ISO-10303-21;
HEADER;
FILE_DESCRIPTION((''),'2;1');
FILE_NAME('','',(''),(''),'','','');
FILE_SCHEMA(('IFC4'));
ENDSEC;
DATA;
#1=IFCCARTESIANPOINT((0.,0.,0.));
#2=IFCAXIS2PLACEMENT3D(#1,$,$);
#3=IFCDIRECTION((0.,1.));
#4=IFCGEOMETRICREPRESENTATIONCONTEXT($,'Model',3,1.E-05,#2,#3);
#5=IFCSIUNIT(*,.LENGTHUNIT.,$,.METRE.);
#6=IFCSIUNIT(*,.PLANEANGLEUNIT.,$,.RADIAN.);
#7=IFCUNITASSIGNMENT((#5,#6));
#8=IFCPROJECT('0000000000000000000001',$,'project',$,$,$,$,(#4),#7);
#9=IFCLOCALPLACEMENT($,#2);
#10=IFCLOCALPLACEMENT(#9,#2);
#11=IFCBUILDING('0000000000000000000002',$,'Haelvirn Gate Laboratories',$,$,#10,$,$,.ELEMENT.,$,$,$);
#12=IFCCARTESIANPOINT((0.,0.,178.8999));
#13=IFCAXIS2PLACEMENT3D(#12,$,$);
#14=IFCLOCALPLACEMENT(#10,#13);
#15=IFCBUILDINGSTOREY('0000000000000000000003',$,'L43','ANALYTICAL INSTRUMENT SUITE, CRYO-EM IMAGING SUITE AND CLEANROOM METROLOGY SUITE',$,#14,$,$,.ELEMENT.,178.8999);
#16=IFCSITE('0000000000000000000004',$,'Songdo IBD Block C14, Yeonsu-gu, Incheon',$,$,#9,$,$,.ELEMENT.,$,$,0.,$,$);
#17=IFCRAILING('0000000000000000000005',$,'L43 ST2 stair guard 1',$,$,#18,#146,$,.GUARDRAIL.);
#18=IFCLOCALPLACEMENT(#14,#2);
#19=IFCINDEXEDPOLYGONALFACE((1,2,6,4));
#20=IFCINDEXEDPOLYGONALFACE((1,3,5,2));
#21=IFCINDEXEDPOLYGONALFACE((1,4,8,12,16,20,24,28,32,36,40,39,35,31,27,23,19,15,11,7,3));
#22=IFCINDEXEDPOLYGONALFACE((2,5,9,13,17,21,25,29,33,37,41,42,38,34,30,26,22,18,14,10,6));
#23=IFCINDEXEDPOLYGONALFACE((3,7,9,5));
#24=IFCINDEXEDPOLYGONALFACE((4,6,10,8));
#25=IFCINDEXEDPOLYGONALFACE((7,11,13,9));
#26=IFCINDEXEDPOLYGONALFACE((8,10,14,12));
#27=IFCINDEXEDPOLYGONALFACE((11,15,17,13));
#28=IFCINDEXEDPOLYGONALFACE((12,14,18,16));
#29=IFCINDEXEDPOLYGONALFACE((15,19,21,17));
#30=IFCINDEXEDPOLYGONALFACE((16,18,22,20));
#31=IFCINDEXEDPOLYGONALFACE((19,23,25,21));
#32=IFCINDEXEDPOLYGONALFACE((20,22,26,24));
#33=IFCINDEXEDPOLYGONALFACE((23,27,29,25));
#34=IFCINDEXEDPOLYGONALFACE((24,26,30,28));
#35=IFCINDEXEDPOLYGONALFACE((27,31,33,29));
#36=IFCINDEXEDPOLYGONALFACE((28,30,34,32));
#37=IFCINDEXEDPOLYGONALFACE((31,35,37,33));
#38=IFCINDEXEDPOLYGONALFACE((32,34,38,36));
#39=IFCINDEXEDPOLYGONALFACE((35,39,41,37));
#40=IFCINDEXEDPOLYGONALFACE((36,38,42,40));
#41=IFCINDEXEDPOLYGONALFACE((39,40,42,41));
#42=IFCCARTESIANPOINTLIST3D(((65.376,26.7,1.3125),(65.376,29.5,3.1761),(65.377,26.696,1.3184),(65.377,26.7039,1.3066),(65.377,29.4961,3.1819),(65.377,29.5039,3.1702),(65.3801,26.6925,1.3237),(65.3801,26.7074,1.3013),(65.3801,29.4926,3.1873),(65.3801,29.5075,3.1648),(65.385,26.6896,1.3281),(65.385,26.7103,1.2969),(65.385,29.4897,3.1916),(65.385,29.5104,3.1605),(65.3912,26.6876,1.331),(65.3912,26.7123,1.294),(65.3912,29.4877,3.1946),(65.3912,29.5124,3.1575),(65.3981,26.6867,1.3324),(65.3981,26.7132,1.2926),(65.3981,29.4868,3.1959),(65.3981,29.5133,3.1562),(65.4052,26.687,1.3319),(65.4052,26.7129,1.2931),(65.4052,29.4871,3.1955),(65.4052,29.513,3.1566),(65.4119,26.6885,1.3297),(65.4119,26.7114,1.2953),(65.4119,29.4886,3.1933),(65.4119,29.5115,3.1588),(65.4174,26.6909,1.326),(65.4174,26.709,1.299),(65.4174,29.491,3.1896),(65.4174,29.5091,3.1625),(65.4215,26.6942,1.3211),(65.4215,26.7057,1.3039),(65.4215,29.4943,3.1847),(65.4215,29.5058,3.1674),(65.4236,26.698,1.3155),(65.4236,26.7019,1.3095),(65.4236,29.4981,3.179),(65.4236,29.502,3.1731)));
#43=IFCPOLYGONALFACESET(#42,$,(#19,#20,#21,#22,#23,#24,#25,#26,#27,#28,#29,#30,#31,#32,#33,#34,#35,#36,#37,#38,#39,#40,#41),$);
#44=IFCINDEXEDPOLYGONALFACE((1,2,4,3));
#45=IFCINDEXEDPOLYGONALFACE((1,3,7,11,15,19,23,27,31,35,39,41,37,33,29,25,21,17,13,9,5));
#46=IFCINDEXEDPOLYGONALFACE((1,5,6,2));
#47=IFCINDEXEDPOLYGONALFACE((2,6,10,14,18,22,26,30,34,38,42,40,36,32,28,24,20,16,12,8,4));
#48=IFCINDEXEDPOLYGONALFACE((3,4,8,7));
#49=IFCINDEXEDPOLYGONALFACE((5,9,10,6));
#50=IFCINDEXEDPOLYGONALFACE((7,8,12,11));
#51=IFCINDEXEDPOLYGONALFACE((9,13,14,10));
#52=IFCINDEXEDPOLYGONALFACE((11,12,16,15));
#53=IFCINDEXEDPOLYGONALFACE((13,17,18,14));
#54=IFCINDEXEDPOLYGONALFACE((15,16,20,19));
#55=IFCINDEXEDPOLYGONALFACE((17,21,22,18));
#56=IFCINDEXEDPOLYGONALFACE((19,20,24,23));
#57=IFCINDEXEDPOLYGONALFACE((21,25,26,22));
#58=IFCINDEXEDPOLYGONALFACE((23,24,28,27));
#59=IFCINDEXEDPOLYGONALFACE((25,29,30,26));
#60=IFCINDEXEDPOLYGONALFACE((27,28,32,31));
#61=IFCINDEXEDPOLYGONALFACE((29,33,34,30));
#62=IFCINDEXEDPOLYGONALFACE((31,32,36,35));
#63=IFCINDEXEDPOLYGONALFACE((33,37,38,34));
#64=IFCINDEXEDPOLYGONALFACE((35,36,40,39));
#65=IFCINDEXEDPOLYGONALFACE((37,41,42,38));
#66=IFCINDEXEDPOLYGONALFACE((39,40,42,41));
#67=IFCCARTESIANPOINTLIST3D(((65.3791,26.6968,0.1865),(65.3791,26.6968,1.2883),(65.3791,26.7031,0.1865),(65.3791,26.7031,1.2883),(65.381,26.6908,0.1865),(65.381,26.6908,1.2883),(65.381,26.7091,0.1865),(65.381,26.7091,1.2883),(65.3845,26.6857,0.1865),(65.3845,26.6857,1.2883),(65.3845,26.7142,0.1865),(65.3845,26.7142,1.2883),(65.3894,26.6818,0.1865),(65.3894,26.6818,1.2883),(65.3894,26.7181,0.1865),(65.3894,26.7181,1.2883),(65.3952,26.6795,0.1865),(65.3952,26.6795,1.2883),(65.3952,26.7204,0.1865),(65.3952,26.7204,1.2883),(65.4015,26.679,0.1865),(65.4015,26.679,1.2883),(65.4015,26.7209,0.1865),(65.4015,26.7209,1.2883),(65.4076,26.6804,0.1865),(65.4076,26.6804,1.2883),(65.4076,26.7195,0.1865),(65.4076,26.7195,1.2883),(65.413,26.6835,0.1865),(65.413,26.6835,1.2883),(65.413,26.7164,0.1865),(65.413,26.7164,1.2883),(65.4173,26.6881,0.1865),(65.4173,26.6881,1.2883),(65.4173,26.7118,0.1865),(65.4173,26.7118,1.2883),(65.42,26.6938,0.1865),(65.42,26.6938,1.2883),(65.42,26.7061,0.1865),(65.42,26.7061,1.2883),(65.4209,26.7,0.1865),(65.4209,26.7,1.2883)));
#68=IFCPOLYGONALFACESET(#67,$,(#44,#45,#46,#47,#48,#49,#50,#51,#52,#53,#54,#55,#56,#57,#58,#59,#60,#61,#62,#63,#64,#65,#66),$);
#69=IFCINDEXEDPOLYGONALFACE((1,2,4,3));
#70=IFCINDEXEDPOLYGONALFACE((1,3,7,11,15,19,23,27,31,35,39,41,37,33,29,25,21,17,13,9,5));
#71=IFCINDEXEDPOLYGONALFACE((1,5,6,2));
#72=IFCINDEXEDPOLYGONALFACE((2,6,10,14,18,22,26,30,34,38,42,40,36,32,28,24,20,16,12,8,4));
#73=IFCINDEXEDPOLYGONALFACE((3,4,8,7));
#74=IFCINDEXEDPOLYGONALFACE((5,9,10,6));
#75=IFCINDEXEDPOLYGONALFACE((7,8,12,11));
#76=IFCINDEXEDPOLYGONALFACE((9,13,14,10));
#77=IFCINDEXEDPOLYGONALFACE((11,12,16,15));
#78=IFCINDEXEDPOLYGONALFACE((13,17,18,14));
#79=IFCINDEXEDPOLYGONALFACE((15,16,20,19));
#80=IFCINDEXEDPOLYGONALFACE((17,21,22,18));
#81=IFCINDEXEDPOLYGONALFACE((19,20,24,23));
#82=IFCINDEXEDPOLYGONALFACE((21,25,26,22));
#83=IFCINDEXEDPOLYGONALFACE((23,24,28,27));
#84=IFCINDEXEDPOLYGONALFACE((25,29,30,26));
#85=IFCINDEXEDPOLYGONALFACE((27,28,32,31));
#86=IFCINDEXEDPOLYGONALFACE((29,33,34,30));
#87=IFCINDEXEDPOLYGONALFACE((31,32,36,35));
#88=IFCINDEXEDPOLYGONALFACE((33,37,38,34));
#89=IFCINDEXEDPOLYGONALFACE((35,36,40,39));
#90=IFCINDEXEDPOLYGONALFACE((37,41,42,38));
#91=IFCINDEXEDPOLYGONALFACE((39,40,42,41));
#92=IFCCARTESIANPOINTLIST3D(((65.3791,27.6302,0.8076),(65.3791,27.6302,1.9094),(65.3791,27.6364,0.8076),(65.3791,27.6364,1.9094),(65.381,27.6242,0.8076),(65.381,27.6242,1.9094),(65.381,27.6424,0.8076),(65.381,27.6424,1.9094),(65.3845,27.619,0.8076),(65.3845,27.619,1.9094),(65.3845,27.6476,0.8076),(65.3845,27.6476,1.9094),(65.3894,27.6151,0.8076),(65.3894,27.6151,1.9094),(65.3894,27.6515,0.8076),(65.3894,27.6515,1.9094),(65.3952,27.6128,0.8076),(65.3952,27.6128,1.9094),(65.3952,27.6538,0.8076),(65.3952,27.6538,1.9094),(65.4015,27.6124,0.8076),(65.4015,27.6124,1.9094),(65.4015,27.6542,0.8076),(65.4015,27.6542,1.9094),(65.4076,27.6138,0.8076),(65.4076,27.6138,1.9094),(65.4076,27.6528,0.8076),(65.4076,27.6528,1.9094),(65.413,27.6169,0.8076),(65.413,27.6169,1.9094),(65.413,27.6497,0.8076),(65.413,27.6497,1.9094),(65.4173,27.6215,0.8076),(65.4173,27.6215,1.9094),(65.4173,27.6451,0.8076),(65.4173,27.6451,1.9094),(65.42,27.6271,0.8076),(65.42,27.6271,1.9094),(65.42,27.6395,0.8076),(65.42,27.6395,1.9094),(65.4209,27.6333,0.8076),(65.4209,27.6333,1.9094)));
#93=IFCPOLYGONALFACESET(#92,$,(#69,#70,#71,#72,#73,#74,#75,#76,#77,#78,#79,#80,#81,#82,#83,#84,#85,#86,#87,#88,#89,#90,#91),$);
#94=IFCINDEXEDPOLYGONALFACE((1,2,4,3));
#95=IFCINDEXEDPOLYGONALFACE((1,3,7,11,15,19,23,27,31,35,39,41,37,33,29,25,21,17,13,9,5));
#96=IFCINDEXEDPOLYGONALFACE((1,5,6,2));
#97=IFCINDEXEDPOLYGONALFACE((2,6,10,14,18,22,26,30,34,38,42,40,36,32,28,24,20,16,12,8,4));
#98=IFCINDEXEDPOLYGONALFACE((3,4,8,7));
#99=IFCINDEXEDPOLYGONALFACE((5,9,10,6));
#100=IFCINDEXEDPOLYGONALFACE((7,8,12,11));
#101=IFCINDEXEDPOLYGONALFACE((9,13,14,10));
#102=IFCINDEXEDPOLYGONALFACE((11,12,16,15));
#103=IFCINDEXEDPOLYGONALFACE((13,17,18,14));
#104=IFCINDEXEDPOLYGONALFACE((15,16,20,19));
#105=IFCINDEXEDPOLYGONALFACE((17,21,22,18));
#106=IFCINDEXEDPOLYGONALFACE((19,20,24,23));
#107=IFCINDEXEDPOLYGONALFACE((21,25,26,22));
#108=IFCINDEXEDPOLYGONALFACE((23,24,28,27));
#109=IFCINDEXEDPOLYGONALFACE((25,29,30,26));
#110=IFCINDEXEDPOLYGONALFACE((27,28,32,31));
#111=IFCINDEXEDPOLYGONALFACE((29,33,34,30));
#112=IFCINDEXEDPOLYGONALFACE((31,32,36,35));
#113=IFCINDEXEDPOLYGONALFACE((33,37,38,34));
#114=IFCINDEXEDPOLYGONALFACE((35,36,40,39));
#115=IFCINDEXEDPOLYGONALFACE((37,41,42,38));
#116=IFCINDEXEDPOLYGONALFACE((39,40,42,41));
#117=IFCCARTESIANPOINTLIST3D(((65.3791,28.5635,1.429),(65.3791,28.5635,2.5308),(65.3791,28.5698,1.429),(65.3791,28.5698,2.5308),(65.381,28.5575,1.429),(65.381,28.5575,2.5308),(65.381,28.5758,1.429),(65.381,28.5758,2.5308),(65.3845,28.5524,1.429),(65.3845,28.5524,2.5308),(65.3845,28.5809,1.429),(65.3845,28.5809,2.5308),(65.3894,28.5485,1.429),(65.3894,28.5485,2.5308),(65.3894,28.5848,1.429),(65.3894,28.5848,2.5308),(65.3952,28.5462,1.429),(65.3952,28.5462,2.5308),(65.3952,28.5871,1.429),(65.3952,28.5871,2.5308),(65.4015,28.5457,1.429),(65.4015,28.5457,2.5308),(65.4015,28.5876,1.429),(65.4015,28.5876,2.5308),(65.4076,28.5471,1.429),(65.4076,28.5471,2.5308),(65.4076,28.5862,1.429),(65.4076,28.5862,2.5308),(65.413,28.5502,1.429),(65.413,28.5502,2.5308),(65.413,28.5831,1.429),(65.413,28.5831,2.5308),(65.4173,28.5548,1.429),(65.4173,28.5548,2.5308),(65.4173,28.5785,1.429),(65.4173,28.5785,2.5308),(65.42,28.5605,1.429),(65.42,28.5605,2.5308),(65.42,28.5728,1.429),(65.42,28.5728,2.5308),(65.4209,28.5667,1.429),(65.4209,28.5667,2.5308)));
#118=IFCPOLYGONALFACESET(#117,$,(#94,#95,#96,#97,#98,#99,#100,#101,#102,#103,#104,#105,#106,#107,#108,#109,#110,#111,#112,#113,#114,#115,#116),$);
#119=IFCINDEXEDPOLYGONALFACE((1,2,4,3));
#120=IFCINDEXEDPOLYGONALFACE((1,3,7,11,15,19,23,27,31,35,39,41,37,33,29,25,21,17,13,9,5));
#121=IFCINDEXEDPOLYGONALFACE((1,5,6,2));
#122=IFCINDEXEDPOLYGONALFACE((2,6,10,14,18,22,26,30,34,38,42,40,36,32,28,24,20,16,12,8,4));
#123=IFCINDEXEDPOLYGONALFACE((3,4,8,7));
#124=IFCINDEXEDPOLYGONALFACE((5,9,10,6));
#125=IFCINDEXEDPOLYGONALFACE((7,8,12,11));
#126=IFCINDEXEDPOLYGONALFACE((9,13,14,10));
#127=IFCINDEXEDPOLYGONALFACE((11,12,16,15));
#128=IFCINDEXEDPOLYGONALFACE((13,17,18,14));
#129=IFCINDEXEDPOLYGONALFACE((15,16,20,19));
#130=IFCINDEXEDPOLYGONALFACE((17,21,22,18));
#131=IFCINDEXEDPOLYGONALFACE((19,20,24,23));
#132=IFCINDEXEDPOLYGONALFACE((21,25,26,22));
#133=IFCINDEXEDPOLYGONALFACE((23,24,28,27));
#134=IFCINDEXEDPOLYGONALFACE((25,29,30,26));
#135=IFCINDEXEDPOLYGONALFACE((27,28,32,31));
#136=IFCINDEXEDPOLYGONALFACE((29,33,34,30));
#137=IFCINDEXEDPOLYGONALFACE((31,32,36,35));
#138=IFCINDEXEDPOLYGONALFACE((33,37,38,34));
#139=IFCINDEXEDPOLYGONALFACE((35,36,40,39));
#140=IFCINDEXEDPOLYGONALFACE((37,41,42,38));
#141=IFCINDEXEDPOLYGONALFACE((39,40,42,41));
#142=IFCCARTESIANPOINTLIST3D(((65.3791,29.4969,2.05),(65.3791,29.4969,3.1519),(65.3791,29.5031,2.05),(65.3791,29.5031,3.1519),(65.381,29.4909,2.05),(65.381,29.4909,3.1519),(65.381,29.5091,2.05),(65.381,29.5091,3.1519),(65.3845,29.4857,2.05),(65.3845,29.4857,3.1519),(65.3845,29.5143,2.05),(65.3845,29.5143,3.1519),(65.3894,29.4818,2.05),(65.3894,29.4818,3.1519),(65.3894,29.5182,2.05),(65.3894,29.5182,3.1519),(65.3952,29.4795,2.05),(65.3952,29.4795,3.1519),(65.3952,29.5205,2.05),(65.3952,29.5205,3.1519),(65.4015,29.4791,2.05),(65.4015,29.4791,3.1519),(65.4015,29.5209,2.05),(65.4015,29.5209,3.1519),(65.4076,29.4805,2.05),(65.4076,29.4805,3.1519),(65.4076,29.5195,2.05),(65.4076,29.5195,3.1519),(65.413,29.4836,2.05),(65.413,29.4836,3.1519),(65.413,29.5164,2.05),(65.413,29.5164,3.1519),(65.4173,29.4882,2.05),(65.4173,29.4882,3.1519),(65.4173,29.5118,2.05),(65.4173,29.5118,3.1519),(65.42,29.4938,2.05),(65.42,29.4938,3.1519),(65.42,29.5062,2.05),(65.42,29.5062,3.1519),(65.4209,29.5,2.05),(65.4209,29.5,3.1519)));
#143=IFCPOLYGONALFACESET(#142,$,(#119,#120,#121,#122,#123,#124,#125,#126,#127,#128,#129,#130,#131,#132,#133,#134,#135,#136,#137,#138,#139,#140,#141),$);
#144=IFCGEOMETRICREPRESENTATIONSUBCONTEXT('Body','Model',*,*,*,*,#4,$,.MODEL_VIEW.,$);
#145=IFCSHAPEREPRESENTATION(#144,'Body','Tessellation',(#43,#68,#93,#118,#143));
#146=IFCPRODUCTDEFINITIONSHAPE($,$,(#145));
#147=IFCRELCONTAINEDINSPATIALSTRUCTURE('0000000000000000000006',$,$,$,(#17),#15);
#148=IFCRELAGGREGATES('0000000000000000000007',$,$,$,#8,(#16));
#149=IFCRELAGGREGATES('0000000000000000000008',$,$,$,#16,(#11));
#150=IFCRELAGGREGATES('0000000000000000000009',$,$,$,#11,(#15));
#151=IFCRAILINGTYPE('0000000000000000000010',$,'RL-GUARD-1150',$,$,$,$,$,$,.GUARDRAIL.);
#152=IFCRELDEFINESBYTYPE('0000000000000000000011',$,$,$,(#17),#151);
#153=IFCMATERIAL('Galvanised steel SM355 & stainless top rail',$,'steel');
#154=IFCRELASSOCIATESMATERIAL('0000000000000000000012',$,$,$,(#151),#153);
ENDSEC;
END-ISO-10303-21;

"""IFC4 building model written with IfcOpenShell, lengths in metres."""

from ifc_helpers import new_model, si_unit, direction, frame, origin, origin_2d, place, context, subcontext, project, spatial, circle, extrude, source, transform, mapped, material, type_object, element, save


model = new_model("IFC4")

# Units and contexts
model_context = context("Model", 3, precision=1e-05, world=origin(), true_north=direction((0.0, 1.0)))
body_context = subcontext(model_context, "Body", "Model", "MODEL_VIEW")
ifc_project = project(units=[si_unit("LENGTHUNIT", "METRE"), si_unit("PLANEANGLEUNIT", "RADIAN")], contexts=[model_context])

# Site, building, storey
site_placement = place(None, origin())
site = spatial("IfcSite", under=ifc_project, at=site_placement, Name="Songdo IBD Block C14, Yeonsu-gu, Incheon", CompositionType="ELEMENT", RefElevation=0.0)
building_placement = place(site_placement, origin())
building = spatial("IfcBuilding", under=site, at=building_placement, Name="Haelvirn Gate Laboratories", CompositionType="ELEMENT")
storey_placement = place(building_placement, frame((0.0, 0.0, 178.8999)))
storey = spatial("IfcBuildingStorey", under=building, at=storey_placement, Name="L43", Description="ANALYTICAL INSTRUMENT SUITE, CRYO-EM IMAGING SUITE AND CLEANROOM METROLOGY SUITE", CompositionType="ELEMENT", Elevation=178.8999)

# Railing
ifc_material_1 = material(Name="Galvanised steel SM355 & stainless top rail", Category="steel")
railing_type_1 = type_object("IfcRailingType", Name="RL-GUARD-1150", PredefinedType="GUARDRAIL", material=ifc_material_1)
shared_shape_1 = source(origin(), body_context, "Body", "SweptSolid", [
    extrude(circle(Radius=0.0239, at=origin_2d()), frame((0.0, 0.0, 1.126), z_axis=(0.0, 0.832486, 0.554047), x_axis=(-1.0, 0.0, 0.0)), (0.0, 0.0, 1.0), 3.3635),
    extrude(circle(Radius=0.021, at=origin_2d()), origin(), (0.0, 0.0, 1.0), 1.1018),
    extrude(circle(Radius=0.021, at=origin_2d()), frame((0.0, 0.9333, 0.6211)), (0.0, 0.0, 1.0), 1.1018),
    extrude(circle(Radius=0.021, at=origin_2d()), frame((0.0, 1.8667, 1.2424)), (0.0, 0.0, 1.0), 1.1018),
    extrude(circle(Radius=0.021, at=origin_2d()), frame((0.0, 2.8, 1.8635)), (0.0, 0.0, 1.0), 1.1018),
])
railing_1_placement = place(storey_placement, frame((65.3999, 26.7, 0.1865)))
element("IfcRailing", 1, at=railing_1_placement, inside=storey, type_object=railing_type_1, Name="L43 ST2 stair guard 1", PredefinedType="GUARDRAIL", context=body_context, shape_type="MappedRepresentation", body=[
    mapped(shared_shape_1, transform((0.0, 0.0, 0.0), scale=1.0)),
])

save(model, "model.ifc")
